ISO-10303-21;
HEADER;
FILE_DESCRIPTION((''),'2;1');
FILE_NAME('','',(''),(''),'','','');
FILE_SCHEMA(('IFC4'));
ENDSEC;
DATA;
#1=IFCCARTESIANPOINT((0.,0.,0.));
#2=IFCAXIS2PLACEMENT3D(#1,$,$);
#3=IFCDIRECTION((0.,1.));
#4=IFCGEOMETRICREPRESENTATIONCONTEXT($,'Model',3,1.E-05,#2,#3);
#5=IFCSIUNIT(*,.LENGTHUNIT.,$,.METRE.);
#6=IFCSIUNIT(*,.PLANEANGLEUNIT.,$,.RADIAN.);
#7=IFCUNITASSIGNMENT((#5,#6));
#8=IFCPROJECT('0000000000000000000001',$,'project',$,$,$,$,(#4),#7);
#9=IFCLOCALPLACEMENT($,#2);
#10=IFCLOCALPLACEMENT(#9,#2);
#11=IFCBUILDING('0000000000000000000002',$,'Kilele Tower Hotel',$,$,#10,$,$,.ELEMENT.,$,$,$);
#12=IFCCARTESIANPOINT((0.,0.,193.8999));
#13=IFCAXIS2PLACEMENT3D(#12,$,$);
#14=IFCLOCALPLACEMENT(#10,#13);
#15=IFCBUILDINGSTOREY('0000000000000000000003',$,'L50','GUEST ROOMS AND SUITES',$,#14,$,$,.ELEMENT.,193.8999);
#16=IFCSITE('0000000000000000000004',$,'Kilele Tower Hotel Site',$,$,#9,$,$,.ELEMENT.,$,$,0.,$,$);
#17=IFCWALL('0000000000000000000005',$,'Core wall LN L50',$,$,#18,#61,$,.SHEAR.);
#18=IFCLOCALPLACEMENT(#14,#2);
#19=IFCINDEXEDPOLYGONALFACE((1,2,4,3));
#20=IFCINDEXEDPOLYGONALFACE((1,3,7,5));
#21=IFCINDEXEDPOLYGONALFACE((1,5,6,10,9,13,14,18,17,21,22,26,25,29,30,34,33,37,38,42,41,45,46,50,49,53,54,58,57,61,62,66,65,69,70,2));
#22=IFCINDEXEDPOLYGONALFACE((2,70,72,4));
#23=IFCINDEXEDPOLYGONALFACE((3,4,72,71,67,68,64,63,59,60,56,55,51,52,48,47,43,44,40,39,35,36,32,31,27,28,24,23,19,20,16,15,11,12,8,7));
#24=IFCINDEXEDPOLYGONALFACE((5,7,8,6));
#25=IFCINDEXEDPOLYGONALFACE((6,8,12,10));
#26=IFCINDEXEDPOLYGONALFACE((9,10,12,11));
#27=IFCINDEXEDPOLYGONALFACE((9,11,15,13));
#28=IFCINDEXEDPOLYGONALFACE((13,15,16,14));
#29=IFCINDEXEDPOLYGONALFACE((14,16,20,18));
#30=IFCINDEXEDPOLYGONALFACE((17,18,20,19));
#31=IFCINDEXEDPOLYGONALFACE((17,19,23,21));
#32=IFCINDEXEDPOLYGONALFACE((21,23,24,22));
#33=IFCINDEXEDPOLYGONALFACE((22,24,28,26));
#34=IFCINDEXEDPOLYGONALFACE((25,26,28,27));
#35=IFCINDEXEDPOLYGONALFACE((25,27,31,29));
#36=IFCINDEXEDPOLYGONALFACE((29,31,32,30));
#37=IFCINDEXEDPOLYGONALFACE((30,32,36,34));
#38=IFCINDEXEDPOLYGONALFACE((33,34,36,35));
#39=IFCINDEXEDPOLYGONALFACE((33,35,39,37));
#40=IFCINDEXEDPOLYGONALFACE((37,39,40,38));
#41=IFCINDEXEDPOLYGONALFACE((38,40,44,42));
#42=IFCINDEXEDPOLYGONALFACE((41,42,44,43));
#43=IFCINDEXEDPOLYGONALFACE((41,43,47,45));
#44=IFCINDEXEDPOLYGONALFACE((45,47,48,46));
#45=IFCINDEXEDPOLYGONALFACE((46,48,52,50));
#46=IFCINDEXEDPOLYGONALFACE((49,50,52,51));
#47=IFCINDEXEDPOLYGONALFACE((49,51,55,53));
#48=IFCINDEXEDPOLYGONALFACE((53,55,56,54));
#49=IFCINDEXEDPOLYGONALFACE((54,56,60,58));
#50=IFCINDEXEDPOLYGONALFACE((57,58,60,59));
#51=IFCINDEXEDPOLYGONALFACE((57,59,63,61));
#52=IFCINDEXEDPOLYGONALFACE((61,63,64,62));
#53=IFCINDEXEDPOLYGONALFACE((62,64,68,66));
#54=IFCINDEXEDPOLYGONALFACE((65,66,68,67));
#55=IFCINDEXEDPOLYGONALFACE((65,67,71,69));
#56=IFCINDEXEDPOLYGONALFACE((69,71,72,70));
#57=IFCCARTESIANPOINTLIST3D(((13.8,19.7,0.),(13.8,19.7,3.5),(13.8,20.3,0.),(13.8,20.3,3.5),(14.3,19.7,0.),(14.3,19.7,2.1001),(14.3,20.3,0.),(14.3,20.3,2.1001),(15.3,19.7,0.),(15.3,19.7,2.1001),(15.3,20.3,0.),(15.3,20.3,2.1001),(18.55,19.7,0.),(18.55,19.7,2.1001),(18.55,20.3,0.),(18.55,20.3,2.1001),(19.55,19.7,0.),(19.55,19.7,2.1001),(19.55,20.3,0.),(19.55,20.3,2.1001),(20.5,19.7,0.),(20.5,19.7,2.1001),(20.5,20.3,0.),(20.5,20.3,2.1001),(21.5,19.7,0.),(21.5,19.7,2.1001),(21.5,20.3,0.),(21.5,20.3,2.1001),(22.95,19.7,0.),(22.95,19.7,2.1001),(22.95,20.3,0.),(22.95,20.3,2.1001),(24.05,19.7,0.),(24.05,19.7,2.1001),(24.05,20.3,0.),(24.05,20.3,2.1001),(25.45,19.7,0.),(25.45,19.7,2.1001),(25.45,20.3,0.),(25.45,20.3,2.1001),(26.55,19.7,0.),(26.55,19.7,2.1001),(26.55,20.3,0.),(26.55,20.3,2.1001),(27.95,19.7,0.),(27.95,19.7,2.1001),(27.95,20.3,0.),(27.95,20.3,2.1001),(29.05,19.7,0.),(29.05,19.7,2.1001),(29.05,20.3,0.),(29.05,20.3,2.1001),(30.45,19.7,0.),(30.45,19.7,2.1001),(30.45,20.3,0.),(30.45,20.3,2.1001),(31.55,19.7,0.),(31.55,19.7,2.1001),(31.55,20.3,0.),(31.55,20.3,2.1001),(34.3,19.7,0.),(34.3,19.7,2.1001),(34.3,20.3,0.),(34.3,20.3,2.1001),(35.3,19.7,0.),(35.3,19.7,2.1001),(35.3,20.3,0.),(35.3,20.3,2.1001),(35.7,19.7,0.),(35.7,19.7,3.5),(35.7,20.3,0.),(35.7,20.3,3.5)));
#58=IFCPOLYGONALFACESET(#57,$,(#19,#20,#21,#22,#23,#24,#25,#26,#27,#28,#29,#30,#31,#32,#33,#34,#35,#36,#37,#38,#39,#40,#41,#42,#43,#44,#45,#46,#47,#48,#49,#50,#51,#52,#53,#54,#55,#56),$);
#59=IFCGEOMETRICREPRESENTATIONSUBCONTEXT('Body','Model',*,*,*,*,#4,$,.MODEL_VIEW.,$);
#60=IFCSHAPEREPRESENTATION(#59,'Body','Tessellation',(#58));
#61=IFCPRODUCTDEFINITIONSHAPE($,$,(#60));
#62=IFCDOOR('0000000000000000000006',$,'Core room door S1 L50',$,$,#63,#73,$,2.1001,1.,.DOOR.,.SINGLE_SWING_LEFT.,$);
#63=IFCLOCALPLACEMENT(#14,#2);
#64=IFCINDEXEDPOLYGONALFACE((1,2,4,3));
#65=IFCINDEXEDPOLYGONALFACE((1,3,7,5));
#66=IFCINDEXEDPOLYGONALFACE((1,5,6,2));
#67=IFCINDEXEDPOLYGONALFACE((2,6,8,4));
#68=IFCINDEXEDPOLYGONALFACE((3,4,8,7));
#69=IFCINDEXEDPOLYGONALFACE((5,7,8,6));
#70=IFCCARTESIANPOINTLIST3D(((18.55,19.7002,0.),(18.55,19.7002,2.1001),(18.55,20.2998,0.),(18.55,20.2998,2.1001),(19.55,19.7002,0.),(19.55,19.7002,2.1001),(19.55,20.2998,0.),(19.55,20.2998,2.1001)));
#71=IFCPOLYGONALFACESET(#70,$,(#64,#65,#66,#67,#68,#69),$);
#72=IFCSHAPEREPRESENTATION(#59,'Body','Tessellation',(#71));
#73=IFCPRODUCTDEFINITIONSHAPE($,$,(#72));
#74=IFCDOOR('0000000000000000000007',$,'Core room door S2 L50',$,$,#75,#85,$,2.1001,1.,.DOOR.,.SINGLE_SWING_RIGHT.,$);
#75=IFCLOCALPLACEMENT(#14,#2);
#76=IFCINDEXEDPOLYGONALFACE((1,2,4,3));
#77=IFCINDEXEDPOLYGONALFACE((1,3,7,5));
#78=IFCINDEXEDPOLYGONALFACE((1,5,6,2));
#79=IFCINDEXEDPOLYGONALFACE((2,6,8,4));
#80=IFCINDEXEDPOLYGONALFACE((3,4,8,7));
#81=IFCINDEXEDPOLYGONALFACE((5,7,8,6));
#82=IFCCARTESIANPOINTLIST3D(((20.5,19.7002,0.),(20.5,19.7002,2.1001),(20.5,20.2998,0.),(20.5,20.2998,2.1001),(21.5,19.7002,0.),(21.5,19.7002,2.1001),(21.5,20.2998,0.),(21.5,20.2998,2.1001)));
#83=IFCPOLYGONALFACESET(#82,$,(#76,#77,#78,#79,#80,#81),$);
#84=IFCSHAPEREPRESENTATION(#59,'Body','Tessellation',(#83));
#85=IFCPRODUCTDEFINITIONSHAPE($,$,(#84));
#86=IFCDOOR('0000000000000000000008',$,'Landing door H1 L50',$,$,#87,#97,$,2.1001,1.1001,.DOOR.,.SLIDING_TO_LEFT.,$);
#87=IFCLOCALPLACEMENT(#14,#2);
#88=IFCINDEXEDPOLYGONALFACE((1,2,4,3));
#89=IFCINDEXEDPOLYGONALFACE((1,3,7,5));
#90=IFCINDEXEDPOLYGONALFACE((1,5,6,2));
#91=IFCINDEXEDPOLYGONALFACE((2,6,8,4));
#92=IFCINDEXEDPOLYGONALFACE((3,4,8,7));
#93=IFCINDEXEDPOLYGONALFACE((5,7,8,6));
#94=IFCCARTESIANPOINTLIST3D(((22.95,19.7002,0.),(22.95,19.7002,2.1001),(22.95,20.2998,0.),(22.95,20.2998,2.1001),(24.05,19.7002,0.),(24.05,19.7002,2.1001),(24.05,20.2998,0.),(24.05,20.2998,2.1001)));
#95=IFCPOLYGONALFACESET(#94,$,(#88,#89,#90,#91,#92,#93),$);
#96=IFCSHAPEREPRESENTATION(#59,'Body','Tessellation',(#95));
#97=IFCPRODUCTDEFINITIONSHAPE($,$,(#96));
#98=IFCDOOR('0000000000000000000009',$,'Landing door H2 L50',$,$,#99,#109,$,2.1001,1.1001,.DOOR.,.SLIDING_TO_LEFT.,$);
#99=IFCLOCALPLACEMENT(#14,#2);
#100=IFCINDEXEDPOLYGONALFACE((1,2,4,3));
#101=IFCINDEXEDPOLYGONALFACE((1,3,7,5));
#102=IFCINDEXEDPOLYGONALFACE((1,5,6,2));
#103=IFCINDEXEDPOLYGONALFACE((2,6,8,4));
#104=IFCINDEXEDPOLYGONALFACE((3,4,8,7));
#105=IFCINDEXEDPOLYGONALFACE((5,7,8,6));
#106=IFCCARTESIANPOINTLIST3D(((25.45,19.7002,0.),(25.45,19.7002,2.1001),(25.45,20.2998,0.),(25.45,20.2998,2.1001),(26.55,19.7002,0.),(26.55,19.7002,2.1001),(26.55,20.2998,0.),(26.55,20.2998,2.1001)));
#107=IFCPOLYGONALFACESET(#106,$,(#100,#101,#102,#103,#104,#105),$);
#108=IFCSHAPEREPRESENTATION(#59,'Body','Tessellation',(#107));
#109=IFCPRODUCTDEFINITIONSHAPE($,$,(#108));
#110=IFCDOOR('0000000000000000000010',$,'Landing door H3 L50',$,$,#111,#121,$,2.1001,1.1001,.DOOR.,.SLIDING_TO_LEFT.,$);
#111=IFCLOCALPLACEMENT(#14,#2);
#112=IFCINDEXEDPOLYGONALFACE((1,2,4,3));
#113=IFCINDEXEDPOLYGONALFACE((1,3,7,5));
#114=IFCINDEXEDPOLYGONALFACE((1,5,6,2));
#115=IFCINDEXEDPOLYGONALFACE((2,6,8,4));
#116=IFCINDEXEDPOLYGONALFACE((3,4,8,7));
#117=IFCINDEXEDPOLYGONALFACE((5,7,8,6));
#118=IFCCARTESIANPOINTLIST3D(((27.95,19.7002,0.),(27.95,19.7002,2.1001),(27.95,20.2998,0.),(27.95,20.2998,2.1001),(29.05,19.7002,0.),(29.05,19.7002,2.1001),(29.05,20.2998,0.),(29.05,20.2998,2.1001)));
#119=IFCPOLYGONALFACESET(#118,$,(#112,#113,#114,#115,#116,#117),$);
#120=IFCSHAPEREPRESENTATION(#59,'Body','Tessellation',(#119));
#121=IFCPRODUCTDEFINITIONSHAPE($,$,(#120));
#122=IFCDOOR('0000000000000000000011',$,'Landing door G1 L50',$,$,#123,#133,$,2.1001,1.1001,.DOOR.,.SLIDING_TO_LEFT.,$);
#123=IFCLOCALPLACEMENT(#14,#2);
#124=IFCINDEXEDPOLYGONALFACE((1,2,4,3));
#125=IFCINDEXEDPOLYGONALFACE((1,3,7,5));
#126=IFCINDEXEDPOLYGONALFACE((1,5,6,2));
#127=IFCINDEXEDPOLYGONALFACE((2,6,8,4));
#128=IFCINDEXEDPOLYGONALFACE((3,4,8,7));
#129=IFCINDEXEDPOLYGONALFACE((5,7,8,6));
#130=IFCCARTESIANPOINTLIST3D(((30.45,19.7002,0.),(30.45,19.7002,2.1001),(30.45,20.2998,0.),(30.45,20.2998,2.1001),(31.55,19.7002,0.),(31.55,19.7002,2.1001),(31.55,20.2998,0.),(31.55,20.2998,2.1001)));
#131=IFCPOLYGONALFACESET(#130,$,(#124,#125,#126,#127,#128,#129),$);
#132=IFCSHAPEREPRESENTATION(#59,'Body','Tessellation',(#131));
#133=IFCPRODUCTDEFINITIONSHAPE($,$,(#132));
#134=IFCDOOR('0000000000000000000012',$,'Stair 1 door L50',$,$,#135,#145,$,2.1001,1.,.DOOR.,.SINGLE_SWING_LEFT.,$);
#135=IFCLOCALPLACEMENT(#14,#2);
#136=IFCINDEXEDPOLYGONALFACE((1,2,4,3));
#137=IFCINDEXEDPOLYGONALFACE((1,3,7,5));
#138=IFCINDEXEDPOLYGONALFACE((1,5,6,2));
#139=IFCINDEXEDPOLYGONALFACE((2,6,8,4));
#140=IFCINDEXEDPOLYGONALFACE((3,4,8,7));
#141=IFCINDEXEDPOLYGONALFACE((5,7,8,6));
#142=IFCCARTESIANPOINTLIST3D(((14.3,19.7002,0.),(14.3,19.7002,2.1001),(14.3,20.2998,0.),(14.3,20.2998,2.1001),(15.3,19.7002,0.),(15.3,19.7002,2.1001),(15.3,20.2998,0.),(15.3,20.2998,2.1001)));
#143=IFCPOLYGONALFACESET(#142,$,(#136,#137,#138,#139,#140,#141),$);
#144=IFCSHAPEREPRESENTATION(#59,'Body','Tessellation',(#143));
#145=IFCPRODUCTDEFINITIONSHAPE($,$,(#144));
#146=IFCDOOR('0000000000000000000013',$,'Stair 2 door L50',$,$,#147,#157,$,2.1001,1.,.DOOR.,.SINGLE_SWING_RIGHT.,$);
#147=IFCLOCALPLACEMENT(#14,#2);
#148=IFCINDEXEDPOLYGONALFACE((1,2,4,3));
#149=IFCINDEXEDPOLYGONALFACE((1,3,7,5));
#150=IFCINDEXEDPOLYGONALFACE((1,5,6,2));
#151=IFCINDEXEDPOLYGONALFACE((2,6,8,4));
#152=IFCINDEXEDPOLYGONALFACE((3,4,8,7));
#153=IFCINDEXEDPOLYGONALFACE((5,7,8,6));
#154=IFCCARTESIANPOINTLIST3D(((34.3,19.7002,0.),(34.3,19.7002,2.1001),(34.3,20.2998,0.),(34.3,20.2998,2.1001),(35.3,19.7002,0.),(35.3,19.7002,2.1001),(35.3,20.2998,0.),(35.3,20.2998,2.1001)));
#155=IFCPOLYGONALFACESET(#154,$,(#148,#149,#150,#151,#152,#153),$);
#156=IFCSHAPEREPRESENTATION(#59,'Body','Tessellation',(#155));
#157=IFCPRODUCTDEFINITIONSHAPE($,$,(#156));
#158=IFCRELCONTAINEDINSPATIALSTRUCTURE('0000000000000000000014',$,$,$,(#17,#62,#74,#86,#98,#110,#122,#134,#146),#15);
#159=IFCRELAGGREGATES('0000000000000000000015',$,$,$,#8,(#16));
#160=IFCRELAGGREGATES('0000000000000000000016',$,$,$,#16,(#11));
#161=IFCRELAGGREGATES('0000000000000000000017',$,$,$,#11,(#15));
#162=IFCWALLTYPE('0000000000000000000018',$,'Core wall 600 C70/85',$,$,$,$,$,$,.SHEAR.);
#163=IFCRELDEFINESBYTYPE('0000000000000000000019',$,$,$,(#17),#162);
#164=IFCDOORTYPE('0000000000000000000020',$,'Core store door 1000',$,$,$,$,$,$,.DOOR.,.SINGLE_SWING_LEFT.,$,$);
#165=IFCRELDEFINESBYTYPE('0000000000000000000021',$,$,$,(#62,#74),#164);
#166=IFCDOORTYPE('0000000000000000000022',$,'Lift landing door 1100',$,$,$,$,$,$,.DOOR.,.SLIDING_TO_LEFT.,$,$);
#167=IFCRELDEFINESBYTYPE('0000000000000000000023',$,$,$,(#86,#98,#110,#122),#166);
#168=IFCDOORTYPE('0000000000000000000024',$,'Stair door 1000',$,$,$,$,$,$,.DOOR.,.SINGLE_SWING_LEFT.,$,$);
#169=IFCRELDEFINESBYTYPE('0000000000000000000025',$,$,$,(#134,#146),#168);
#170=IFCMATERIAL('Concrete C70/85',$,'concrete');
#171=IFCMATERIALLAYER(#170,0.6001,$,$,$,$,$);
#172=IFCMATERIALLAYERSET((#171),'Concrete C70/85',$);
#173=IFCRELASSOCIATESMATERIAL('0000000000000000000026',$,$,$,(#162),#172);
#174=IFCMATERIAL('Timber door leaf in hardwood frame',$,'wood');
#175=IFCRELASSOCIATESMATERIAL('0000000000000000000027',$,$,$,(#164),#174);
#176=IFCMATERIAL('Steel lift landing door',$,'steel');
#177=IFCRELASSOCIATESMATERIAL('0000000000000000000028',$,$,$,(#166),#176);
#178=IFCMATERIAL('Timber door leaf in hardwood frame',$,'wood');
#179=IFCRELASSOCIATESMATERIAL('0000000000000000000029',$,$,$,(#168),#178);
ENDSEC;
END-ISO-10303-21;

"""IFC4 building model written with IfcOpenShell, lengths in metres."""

from ifc_helpers import new_model, si_unit, direction, frame, frame_2d, origin, place, context, subcontext, project, spatial, rectangle, extrude, material, layer, layer_set, type_object, element, fill, save


model = new_model("IFC4")

# Units and contexts
model_context = context("Model", 3, precision=1e-05, world=origin(), true_north=direction((0.0, 1.0)))
body_context = subcontext(model_context, "Body", "Model", "MODEL_VIEW")
ifc_project = project(units=[si_unit("LENGTHUNIT", "METRE"), si_unit("PLANEANGLEUNIT", "RADIAN")], contexts=[model_context])

# Site, building, storey
site_placement = place(None, origin())
site = spatial("IfcSite", under=ifc_project, at=site_placement, Name="Kilele Tower Hotel Site", CompositionType="ELEMENT", RefElevation=0.0)
building_placement = place(site_placement, origin())
building = spatial("IfcBuilding", under=site, at=building_placement, Name="Kilele Tower Hotel", CompositionType="ELEMENT")
storey_placement = place(building_placement, frame((0.0, 0.0, 193.8999)))
storey = spatial("IfcBuildingStorey", under=building, at=storey_placement, Name="L50", Description="GUEST ROOMS AND SUITES", CompositionType="ELEMENT", Elevation=193.8999)

# Wall, openings, doors
ifc_material_1 = material(Name="Concrete C70/85", Category="concrete")
ifc_layer_1 = layer(ifc_material_1, 0.6001)
ifc_layer_set_1 = layer_set([ifc_layer_1], Name="Concrete C70/85")
wall_type_1 = type_object("IfcWallType", Name="Core wall 600 C70/85", PredefinedType="SHEAR", material=ifc_layer_set_1)
wall_1_placement = place(storey_placement, frame((13.8, 20.0, 0.0), z_axis=(0.0, 0.0, 1.0), x_axis=(1.0, 0.0, 0.0)))
wall_1 = element("IfcWall", 1, at=wall_1_placement, inside=storey, type_object=wall_type_1, Name="Core wall LN L50", PredefinedType="SHEAR", context=body_context, shape_type="SweptSolid", body=[
    extrude(rectangle(XDim=21.8999, YDim=0.6001, at=frame_2d((10.95, 0.0))), origin(), (0.0, 0.0, 1.0), 3.5),
])
opening_1_placement = place(wall_1_placement, frame((0.5, 0.0, 0.0)))
opening_1 = element("IfcOpeningElement", 2, at=opening_1_placement, cuts=wall_1, PredefinedType="OPENING", context=body_context, shape_type="SweptSolid", body=[
    extrude(rectangle(XDim=1.0, YDim=2.1001, at=frame_2d((0.5, 1.05))), frame((0.0, 0.3101, 0.0), z_axis=(0.0, -1.0, 0.0), x_axis=(1.0, 0.0, 0.0)), (0.0, 0.0, 1.0), 0.6201),
])
opening_2_placement = place(wall_1_placement, frame((20.5, 0.0, 0.0)))
opening_2 = element("IfcOpeningElement", 3, at=opening_2_placement, cuts=wall_1, PredefinedType="OPENING", context=body_context, shape_type="SweptSolid", body=[
    extrude(rectangle(XDim=1.0, YDim=2.1001, at=frame_2d((0.5, 1.05))), frame((0.0, 0.3101, 0.0), z_axis=(0.0, -1.0, 0.0), x_axis=(1.0, 0.0, 0.0)), (0.0, 0.0, 1.0), 0.6201),
])
opening_3_placement = place(wall_1_placement, frame((9.1499, 0.0, 0.0)))
opening_3 = element("IfcOpeningElement", 4, at=opening_3_placement, cuts=wall_1, PredefinedType="OPENING", context=body_context, shape_type="SweptSolid", body=[
    extrude(rectangle(XDim=1.1001, YDim=2.1001, at=frame_2d((0.55, 1.05))), frame((0.0, 0.3101, 0.0), z_axis=(0.0, -1.0, 0.0), x_axis=(1.0, 0.0, 0.0)), (0.0, 0.0, 1.0), 0.6201),
])
opening_4_placement = place(wall_1_placement, frame((11.6499, 0.0, 0.0)))
opening_4 = element("IfcOpeningElement", 5, at=opening_4_placement, cuts=wall_1, PredefinedType="OPENING", context=body_context, shape_type="SweptSolid", body=[
    extrude(rectangle(XDim=1.1001, YDim=2.1001, at=frame_2d((0.55, 1.05))), frame((0.0, 0.3101, 0.0), z_axis=(0.0, -1.0, 0.0), x_axis=(1.0, 0.0, 0.0)), (0.0, 0.0, 1.0), 0.6201),
])
opening_5_placement = place(wall_1_placement, frame((14.1499, 0.0, 0.0)))
opening_5 = element("IfcOpeningElement", 6, at=opening_5_placement, cuts=wall_1, PredefinedType="OPENING", context=body_context, shape_type="SweptSolid", body=[
    extrude(rectangle(XDim=1.1001, YDim=2.1001, at=frame_2d((0.55, 1.05))), frame((0.0, 0.3101, 0.0), z_axis=(0.0, -1.0, 0.0), x_axis=(1.0, 0.0, 0.0)), (0.0, 0.0, 1.0), 0.6201),
])
opening_6_placement = place(wall_1_placement, frame((16.6499, 0.0, 0.0)))
opening_6 = element("IfcOpeningElement", 7, at=opening_6_placement, cuts=wall_1, PredefinedType="OPENING", context=body_context, shape_type="SweptSolid", body=[
    extrude(rectangle(XDim=1.1001, YDim=2.1001, at=frame_2d((0.55, 1.05))), frame((0.0, 0.3101, 0.0), z_axis=(0.0, -1.0, 0.0), x_axis=(1.0, 0.0, 0.0)), (0.0, 0.0, 1.0), 0.6201),
])
opening_7_placement = place(wall_1_placement, frame((4.75, 0.0, 0.0)))
opening_7 = element("IfcOpeningElement", 8, at=opening_7_placement, cuts=wall_1, PredefinedType="OPENING", context=body_context, shape_type="SweptSolid", body=[
    extrude(rectangle(XDim=1.0, YDim=2.1001, at=frame_2d((0.5, 1.05))), frame((0.0, 0.3101, 0.0), z_axis=(0.0, -1.0, 0.0), x_axis=(1.0, 0.0, 0.0)), (0.0, 0.0, 1.0), 0.6201),
])
opening_8_placement = place(wall_1_placement, frame((6.7, 0.0, 0.0)))
opening_8 = element("IfcOpeningElement", 9, at=opening_8_placement, cuts=wall_1, PredefinedType="OPENING", context=body_context, shape_type="SweptSolid", body=[
    extrude(rectangle(XDim=1.0, YDim=2.1001, at=frame_2d((0.5, 1.05))), frame((0.0, 0.3101, 0.0), z_axis=(0.0, -1.0, 0.0), x_axis=(1.0, 0.0, 0.0)), (0.0, 0.0, 1.0), 0.6201),
])
ifc_material_2 = material(Name="Timber door leaf in hardwood frame", Category="wood")
door_type_1 = type_object("IfcDoorType", Name="Core store door 1000", OperationType="SINGLE_SWING_LEFT", PredefinedType="DOOR", material=ifc_material_2)
door_1_placement = place(opening_7_placement, origin())
door_1 = element("IfcDoor", 10, at=door_1_placement, inside=storey, type_object=door_type_1, Name="Core room door S1 L50", OperationType="SINGLE_SWING_LEFT", OverallHeight=2.1001, OverallWidth=1.0, PredefinedType="DOOR", context=body_context, shape_type="SweptSolid", body=[
    extrude(rectangle(XDim=1.0, YDim=2.1001, at=frame_2d((0.5, 1.05))), frame((0.0, 0.2998, 0.0), z_axis=(0.0, -1.0, 0.0), x_axis=(1.0, 0.0, 0.0)), (0.0, 0.0, 1.0), 0.5996),
])
fill(opening_7, door_1)
door_2_placement = place(opening_8_placement, origin())
door_2 = element("IfcDoor", 11, at=door_2_placement, inside=storey, type_object=door_type_1, Name="Core room door S2 L50", OperationType="SINGLE_SWING_RIGHT", OverallHeight=2.1001, OverallWidth=1.0, PredefinedType="DOOR", context=body_context, shape_type="SweptSolid", body=[
    extrude(rectangle(XDim=1.0, YDim=2.1001, at=frame_2d((0.5, 1.05))), frame((0.0, 0.2998, 0.0), z_axis=(0.0, -1.0, 0.0), x_axis=(1.0, 0.0, 0.0)), (0.0, 0.0, 1.0), 0.5996),
])
fill(opening_8, door_2)
ifc_material_3 = material(Name="Steel lift landing door", Category="steel")
door_type_2 = type_object("IfcDoorType", Name="Lift landing door 1100", OperationType="SLIDING_TO_LEFT", PredefinedType="DOOR", material=ifc_material_3)
door_3_placement = place(opening_3_placement, origin())
door_3 = element("IfcDoor", 12, at=door_3_placement, inside=storey, type_object=door_type_2, Name="Landing door H1 L50", OperationType="SLIDING_TO_LEFT", OverallHeight=2.1001, OverallWidth=1.1001, PredefinedType="DOOR", context=body_context, shape_type="SweptSolid", body=[
    extrude(rectangle(XDim=1.1001, YDim=2.1001, at=frame_2d((0.55, 1.05))), frame((0.0, 0.2998, 0.0), z_axis=(0.0, -1.0, 0.0), x_axis=(1.0, 0.0, 0.0)), (0.0, 0.0, 1.0), 0.5996),
])
fill(opening_3, door_3)
door_4_placement = place(opening_4_placement, origin())
door_4 = element("IfcDoor", 13, at=door_4_placement, inside=storey, type_object=door_type_2, Name="Landing door H2 L50", OperationType="SLIDING_TO_LEFT", OverallHeight=2.1001, OverallWidth=1.1001, PredefinedType="DOOR", context=body_context, shape_type="SweptSolid", body=[
    extrude(rectangle(XDim=1.1001, YDim=2.1001, at=frame_2d((0.55, 1.05))), frame((0.0, 0.2998, 0.0), z_axis=(0.0, -1.0, 0.0), x_axis=(1.0, 0.0, 0.0)), (0.0, 0.0, 1.0), 0.5996),
])
fill(opening_4, door_4)
door_5_placement = place(opening_5_placement, origin())
door_5 = element("IfcDoor", 14, at=door_5_placement, inside=storey, type_object=door_type_2, Name="Landing door H3 L50", OperationType="SLIDING_TO_LEFT", OverallHeight=2.1001, OverallWidth=1.1001, PredefinedType="DOOR", context=body_context, shape_type="SweptSolid", body=[
    extrude(rectangle(XDim=1.1001, YDim=2.1001, at=frame_2d((0.55, 1.05))), frame((0.0, 0.2998, 0.0), z_axis=(0.0, -1.0, 0.0), x_axis=(1.0, 0.0, 0.0)), (0.0, 0.0, 1.0), 0.5996),
])
fill(opening_5, door_5)
door_6_placement = place(opening_6_placement, origin())
door_6 = element("IfcDoor", 15, at=door_6_placement, inside=storey, type_object=door_type_2, Name="Landing door G1 L50", OperationType="SLIDING_TO_LEFT", OverallHeight=2.1001, OverallWidth=1.1001, PredefinedType="DOOR", context=body_context, shape_type="SweptSolid", body=[
    extrude(rectangle(XDim=1.1001, YDim=2.1001, at=frame_2d((0.55, 1.05))), frame((0.0, 0.2998, 0.0), z_axis=(0.0, -1.0, 0.0), x_axis=(1.0, 0.0, 0.0)), (0.0, 0.0, 1.0), 0.5996),
])
fill(opening_6, door_6)
ifc_material_4 = material(Name="Timber door leaf in hardwood frame", Category="wood")
door_type_3 = type_object("IfcDoorType", Name="Stair door 1000", OperationType="SINGLE_SWING_LEFT", PredefinedType="DOOR", material=ifc_material_4)
door_7_placement = place(opening_1_placement, origin())
door_7 = element("IfcDoor", 16, at=door_7_placement, inside=storey, type_object=door_type_3, Name="Stair 1 door L50", OperationType="SINGLE_SWING_LEFT", OverallHeight=2.1001, OverallWidth=1.0, PredefinedType="DOOR", context=body_context, shape_type="SweptSolid", body=[
    extrude(rectangle(XDim=1.0, YDim=2.1001, at=frame_2d((0.5, 1.05))), frame((0.0, 0.2998, 0.0), z_axis=(0.0, -1.0, 0.0), x_axis=(1.0, 0.0, 0.0)), (0.0, 0.0, 1.0), 0.5996),
])
fill(opening_1, door_7)
door_8_placement = place(opening_2_placement, origin())
door_8 = element("IfcDoor", 17, at=door_8_placement, inside=storey, type_object=door_type_3, Name="Stair 2 door L50", OperationType="SINGLE_SWING_RIGHT", OverallHeight=2.1001, OverallWidth=1.0, PredefinedType="DOOR", context=body_context, shape_type="SweptSolid", body=[
    extrude(rectangle(XDim=1.0, YDim=2.1001, at=frame_2d((0.5, 1.05))), frame((0.0, 0.2998, 0.0), z_axis=(0.0, -1.0, 0.0), x_axis=(1.0, 0.0, 0.0)), (0.0, 0.0, 1.0), 0.5996),
])
fill(opening_2, door_8)

save(model, "model.ifc")
